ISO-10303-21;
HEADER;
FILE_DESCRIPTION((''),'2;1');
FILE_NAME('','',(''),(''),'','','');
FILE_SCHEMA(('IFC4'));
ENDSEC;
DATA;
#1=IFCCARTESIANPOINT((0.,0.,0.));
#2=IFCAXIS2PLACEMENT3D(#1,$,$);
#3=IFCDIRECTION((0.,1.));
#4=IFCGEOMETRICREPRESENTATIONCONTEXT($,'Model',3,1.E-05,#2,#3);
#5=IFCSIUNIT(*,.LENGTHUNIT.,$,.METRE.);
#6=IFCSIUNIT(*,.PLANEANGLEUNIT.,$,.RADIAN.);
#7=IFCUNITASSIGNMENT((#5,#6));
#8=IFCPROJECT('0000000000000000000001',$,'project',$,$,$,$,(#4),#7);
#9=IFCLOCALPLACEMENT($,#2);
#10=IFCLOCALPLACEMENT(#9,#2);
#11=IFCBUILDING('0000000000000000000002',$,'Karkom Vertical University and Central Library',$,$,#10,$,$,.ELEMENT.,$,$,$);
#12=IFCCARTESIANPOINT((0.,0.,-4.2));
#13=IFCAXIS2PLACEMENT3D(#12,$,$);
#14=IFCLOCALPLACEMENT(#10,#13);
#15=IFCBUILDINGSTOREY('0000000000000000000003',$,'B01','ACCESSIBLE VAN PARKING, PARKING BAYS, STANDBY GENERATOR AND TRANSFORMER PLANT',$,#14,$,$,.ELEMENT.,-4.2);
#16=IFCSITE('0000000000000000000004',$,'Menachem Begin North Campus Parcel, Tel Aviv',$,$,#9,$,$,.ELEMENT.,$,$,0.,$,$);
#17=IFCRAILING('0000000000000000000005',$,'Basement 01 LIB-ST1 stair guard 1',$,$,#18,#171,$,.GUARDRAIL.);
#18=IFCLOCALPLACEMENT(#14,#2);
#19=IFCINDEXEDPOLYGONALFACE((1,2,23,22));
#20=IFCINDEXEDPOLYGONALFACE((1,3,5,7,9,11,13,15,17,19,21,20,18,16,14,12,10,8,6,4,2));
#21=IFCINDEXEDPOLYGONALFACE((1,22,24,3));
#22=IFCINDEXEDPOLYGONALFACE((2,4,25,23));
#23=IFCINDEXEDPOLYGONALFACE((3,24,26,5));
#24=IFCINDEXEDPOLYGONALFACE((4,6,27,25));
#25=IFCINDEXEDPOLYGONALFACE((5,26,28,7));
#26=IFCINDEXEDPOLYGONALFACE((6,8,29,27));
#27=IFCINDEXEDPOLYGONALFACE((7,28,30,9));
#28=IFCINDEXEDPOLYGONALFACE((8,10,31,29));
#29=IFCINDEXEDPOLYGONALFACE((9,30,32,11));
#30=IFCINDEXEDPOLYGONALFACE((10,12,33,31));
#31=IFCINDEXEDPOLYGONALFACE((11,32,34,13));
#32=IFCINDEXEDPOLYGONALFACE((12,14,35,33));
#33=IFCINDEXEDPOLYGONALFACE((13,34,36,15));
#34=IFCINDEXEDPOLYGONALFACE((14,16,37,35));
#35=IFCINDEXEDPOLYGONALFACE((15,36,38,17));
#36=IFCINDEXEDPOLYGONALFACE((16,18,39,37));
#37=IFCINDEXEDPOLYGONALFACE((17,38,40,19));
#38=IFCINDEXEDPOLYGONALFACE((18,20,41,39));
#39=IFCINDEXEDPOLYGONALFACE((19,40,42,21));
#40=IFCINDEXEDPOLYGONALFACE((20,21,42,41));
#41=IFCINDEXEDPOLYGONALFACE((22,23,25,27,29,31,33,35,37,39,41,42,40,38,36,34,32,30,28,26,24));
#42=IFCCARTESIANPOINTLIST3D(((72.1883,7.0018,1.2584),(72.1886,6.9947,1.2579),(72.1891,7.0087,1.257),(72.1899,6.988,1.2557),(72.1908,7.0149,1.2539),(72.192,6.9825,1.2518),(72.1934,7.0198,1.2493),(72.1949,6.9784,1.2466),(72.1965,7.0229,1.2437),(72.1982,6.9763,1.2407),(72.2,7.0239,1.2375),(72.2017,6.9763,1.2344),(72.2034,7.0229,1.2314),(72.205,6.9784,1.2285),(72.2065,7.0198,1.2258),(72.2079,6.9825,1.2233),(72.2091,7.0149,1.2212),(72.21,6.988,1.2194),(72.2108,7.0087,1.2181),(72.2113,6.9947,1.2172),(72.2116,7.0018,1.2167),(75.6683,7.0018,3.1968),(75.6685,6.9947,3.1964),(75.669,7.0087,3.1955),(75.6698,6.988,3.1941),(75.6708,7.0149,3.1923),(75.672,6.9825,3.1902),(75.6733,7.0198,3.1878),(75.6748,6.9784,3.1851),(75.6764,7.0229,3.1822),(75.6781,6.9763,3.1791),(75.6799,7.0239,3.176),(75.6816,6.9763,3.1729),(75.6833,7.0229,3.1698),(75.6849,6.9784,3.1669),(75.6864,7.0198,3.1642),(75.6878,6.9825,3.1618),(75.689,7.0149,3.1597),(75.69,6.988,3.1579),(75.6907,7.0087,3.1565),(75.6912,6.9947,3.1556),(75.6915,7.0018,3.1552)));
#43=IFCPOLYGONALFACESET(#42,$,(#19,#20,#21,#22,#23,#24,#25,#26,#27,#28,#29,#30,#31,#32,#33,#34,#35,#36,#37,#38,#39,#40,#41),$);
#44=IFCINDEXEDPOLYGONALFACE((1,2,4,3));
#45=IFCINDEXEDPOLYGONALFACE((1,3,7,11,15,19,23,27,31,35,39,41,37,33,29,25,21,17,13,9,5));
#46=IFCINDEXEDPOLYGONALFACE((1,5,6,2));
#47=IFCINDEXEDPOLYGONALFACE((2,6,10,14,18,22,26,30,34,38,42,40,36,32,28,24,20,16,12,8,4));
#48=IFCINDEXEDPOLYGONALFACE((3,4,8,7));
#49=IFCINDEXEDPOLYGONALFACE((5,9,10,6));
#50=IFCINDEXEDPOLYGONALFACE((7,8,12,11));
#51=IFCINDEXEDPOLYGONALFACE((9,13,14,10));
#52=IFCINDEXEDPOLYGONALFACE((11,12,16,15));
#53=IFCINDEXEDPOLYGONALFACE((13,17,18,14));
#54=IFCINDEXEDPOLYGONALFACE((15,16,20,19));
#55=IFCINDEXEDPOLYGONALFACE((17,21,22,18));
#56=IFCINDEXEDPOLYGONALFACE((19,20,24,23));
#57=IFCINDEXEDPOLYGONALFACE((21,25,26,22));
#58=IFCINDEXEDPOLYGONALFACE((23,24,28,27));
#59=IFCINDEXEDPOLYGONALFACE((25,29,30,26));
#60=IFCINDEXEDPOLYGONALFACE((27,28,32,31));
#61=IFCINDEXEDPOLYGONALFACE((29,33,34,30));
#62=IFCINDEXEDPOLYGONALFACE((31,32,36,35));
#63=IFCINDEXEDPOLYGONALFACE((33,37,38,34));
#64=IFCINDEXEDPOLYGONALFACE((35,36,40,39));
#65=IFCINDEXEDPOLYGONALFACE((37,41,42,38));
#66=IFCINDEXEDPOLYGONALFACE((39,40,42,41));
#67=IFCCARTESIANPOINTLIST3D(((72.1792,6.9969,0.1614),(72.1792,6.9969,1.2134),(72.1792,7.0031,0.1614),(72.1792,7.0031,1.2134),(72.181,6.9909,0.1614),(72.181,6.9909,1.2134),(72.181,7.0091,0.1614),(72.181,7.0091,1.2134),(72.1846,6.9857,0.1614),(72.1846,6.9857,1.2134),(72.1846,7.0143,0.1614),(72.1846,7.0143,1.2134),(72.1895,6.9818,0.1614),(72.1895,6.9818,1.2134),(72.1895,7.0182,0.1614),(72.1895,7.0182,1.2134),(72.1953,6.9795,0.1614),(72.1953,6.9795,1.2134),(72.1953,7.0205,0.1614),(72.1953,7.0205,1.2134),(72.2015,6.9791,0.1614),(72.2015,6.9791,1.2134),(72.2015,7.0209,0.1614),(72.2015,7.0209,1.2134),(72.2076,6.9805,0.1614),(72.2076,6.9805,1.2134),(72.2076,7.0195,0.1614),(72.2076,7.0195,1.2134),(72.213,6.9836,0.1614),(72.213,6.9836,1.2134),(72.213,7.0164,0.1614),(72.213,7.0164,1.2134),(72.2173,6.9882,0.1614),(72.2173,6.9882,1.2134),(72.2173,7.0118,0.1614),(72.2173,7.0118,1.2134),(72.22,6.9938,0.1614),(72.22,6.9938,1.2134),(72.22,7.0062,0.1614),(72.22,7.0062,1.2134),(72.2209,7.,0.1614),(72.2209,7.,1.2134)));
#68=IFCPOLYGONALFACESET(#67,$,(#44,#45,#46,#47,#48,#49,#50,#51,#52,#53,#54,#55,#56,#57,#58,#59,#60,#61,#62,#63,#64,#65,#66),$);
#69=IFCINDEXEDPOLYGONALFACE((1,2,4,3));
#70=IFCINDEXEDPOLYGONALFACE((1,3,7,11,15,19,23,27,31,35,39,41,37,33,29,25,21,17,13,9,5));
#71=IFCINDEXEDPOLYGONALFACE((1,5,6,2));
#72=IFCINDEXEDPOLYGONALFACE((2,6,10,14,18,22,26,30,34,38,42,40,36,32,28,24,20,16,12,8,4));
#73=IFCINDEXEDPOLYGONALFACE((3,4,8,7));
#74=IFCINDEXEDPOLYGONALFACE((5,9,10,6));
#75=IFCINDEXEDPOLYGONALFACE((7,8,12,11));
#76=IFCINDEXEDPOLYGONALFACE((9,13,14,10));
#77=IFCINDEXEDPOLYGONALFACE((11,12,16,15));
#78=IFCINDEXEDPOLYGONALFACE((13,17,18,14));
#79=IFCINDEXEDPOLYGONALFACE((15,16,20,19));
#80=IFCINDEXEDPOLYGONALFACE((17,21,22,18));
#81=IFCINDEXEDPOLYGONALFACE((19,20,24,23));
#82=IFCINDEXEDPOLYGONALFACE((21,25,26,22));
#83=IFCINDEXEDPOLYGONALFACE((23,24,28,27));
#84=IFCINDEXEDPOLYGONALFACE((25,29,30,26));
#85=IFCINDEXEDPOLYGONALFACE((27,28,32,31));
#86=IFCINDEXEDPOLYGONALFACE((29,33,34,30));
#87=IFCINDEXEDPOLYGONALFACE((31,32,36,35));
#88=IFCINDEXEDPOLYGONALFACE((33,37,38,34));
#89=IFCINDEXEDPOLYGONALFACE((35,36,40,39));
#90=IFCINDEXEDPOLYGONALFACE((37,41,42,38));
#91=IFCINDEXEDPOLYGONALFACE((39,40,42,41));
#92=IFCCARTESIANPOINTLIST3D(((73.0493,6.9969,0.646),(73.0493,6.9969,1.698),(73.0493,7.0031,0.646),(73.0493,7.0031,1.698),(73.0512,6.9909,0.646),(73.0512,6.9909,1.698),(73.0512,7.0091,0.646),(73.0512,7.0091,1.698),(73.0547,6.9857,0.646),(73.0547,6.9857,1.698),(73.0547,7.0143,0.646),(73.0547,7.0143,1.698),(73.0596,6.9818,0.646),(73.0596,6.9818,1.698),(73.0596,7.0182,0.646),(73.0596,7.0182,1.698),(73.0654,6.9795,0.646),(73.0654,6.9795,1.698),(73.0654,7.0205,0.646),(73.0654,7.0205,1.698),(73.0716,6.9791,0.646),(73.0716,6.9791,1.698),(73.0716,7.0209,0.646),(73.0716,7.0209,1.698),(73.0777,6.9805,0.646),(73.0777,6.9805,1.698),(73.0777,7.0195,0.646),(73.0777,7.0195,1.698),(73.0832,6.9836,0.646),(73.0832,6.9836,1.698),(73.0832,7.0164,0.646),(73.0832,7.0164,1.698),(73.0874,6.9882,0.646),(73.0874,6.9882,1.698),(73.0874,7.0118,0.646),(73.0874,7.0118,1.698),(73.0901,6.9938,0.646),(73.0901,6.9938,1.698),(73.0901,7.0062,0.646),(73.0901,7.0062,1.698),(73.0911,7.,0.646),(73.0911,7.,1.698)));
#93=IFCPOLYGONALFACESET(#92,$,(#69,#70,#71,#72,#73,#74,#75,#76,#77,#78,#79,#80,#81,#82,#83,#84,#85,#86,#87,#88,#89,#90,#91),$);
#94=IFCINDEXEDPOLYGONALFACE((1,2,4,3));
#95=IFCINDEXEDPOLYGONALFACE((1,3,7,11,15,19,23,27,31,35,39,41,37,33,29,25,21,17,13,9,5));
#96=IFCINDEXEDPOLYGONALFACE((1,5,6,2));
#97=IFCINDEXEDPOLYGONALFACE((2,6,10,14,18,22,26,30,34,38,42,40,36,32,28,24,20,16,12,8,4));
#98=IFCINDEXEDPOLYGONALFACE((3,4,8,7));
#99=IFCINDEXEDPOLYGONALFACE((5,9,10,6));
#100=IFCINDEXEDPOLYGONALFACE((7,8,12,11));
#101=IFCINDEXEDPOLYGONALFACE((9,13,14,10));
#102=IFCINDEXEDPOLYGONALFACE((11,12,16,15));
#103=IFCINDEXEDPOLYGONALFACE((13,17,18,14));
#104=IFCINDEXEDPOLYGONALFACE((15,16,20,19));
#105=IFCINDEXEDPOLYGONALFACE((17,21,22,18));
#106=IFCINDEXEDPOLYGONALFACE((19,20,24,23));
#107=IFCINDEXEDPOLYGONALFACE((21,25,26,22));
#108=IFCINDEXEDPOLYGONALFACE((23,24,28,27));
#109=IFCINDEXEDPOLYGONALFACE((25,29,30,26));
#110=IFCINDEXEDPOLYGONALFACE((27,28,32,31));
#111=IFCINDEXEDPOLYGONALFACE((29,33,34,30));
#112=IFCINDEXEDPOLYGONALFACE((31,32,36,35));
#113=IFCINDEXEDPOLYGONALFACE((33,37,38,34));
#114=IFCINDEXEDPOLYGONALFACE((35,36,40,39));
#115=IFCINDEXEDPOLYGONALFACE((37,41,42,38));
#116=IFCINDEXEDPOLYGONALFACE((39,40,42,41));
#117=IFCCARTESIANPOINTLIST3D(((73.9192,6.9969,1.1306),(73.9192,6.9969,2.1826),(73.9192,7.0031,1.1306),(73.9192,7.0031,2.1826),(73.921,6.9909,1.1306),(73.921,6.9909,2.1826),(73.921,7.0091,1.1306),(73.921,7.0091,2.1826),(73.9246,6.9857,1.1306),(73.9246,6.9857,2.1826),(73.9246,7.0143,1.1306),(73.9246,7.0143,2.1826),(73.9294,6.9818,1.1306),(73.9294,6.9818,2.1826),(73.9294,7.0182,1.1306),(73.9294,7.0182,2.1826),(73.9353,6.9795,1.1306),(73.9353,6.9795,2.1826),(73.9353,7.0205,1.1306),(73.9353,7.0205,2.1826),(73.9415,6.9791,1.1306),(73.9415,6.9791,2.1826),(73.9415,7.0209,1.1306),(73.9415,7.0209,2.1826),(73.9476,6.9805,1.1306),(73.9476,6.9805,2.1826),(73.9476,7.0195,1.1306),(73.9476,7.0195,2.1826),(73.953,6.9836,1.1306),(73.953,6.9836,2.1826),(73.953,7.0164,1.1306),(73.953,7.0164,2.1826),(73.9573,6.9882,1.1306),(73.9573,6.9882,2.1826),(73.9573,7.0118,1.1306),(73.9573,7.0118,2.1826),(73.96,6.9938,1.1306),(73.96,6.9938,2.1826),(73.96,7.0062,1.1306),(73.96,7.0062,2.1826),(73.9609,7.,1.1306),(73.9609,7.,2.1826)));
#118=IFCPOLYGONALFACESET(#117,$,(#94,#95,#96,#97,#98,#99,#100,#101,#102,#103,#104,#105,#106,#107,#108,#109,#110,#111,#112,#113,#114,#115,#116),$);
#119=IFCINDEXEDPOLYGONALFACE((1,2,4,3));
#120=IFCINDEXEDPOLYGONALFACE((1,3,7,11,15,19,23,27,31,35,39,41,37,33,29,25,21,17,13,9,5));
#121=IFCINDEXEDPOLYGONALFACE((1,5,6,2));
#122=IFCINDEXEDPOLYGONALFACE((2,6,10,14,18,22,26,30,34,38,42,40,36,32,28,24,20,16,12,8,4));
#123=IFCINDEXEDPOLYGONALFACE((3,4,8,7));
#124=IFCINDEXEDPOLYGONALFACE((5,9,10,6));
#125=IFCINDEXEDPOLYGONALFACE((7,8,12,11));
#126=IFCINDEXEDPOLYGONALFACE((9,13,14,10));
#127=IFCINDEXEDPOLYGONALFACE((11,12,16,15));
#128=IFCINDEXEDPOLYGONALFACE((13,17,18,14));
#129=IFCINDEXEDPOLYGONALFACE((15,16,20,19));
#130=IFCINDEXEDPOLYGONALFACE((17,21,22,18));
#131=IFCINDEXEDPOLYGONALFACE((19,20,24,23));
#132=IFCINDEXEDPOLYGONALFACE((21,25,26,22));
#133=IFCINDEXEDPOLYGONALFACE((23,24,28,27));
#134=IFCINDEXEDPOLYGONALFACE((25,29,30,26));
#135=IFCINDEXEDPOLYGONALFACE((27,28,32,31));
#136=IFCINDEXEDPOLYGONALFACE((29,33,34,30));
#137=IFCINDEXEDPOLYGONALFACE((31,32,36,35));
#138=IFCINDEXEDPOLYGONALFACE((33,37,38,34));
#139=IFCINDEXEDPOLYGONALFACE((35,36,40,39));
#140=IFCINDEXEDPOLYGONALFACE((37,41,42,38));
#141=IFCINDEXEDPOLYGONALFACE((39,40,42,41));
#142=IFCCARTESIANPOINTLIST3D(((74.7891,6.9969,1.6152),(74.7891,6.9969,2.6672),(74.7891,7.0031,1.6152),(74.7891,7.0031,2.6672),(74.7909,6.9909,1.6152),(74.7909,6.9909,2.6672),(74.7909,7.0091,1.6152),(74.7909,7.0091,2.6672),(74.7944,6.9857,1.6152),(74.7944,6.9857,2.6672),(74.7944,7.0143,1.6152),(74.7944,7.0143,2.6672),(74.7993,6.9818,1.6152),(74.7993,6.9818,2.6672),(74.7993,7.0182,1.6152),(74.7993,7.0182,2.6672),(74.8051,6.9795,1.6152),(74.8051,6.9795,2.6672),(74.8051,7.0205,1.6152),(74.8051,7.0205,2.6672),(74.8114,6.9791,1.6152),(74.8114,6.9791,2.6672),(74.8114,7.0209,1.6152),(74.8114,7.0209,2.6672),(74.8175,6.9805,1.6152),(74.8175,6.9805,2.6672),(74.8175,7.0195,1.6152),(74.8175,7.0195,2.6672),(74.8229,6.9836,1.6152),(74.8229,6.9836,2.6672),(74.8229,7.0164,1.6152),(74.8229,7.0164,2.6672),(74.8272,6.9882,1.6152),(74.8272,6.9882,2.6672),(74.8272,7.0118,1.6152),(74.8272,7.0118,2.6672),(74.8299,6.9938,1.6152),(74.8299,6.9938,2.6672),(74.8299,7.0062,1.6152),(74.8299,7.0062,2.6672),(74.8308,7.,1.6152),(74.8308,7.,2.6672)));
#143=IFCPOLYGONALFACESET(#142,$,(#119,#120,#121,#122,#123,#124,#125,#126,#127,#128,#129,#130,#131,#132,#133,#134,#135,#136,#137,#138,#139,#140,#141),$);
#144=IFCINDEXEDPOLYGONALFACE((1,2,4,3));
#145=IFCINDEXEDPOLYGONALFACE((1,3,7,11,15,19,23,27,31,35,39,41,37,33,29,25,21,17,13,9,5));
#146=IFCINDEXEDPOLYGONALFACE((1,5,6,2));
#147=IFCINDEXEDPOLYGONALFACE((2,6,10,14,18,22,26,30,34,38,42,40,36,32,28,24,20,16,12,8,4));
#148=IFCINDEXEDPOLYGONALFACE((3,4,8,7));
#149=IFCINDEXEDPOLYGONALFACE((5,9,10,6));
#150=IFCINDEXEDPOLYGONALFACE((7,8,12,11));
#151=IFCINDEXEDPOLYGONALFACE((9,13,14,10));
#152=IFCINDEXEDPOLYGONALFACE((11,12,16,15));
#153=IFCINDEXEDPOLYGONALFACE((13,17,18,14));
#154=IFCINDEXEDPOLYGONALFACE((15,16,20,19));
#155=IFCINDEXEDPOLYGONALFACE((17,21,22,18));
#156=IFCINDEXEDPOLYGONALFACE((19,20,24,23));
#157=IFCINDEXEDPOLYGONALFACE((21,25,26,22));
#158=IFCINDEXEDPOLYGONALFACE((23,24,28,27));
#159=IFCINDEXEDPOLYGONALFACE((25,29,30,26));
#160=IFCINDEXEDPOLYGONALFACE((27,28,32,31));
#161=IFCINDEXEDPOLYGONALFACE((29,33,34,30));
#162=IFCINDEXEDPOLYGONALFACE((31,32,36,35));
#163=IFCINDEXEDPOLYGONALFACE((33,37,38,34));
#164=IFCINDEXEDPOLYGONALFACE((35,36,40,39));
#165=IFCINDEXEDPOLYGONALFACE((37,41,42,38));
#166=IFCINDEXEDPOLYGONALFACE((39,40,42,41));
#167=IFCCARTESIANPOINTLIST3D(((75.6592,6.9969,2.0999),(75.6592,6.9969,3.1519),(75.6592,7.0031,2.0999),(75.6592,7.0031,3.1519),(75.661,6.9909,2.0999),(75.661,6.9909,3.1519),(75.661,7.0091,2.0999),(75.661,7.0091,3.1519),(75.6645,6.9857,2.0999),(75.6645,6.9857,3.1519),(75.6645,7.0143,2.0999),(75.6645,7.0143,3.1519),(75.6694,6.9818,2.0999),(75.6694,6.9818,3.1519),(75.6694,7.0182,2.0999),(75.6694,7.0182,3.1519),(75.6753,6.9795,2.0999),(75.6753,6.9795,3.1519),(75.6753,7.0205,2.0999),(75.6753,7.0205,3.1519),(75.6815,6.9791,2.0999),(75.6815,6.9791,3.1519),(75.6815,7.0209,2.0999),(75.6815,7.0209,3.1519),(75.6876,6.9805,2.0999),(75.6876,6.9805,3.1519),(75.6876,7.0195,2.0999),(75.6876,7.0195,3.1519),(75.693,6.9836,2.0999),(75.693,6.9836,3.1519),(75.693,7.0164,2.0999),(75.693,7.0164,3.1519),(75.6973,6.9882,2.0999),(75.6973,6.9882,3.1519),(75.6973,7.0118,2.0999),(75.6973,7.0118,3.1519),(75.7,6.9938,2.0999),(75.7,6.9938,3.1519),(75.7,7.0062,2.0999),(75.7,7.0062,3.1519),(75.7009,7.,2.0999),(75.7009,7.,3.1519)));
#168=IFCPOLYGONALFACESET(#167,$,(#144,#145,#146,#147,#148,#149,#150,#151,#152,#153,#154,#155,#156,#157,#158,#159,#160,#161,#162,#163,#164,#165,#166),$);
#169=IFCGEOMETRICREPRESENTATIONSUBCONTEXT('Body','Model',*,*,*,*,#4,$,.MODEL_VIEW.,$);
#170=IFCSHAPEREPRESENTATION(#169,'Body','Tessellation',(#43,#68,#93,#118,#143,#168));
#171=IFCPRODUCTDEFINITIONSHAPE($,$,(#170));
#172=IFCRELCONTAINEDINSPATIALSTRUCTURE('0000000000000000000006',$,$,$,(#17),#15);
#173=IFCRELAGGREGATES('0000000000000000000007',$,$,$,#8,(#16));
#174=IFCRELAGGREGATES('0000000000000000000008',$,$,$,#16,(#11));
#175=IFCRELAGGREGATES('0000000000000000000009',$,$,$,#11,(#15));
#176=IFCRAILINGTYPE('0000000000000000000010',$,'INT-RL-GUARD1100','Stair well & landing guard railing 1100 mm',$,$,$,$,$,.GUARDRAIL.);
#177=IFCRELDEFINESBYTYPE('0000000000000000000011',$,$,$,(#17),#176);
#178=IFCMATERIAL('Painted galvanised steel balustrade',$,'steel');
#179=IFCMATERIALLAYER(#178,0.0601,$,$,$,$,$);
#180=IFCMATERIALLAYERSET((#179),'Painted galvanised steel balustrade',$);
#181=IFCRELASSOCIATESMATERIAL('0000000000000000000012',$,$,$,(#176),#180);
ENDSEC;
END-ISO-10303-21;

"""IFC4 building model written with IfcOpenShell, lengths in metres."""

from ifc_helpers import new_model, si_unit, direction, frame, origin, origin_2d, place, context, subcontext, project, spatial, circle, extrude, material, layer, layer_set, type_object, element, save


model = new_model("IFC4")

# Units and contexts
model_context = context("Model", 3, precision=1e-05, world=origin(), true_north=direction((0.0, 1.0)))
body_context = subcontext(model_context, "Body", "Model", "MODEL_VIEW")
ifc_project = project(units=[si_unit("LENGTHUNIT", "METRE"), si_unit("PLANEANGLEUNIT", "RADIAN")], contexts=[model_context])

# Site, building, storey
site_placement = place(None, origin())
site = spatial("IfcSite", under=ifc_project, at=site_placement, Name="Menachem Begin North Campus Parcel, Tel Aviv", CompositionType="ELEMENT", RefElevation=0.0)
building_placement = place(site_placement, origin())
building = spatial("IfcBuilding", under=site, at=building_placement, Name="Karkom Vertical University and Central Library", CompositionType="ELEMENT")
storey_placement = place(building_placement, frame((0.0, 0.0, -4.2)))
storey = spatial("IfcBuildingStorey", under=building, at=storey_placement, Name="B01", Description="ACCESSIBLE VAN PARKING, PARKING BAYS, STANDBY GENERATOR AND TRANSFORMER PLANT", CompositionType="ELEMENT", Elevation=-4.2)

# Railing
ifc_material_1 = material(Name="Painted galvanised steel balustrade", Category="steel")
ifc_layer_1 = layer(ifc_material_1, 0.0601)
ifc_layer_set_1 = layer_set([ifc_layer_1], Name="Painted galvanised steel balustrade")
railing_type_1 = type_object("IfcRailingType", Name="INT-RL-GUARD1100", Description="Stair well & landing guard railing 1100 mm", PredefinedType="GUARDRAIL", material=ifc_layer_set_1)
railing_1_placement = place(storey_placement, frame((72.2, 7.0, 0.1614)))
element("IfcRailing", 1, at=railing_1_placement, inside=storey, type_object=railing_type_1, Name="Basement 01 LIB-ST1 stair guard 1", PredefinedType="GUARDRAIL", context=body_context, shape_type="SweptSolid", body=[
    extrude(circle(Radius=0.0239, at=origin_2d()), frame((0.0, 0.0, 1.0762), z_axis=(0.873607, 0.0, 0.486631), x_axis=(0.0, 1.0, 0.0)), (0.0, 0.0, 1.0), 3.9834),
    extrude(circle(Radius=0.021, at=origin_2d()), origin(), (0.0, 0.0, 1.0), 1.052),
    extrude(circle(Radius=0.021, at=origin_2d()), frame((0.8701, 0.0, 0.4846)), (0.0, 0.0, 1.0), 1.052),
    extrude(circle(Radius=0.021, at=origin_2d()), frame((1.74, 0.0, 0.9692)), (0.0, 0.0, 1.0), 1.052),
    extrude(circle(Radius=0.021, at=origin_2d()), frame((2.6099, 0.0, 1.4539)), (0.0, 0.0, 1.0), 1.052),
    extrude(circle(Radius=0.021, at=origin_2d()), frame((3.48, 0.0, 1.9385)), (0.0, 0.0, 1.0), 1.052),
])

save(model, "model.ifc")
